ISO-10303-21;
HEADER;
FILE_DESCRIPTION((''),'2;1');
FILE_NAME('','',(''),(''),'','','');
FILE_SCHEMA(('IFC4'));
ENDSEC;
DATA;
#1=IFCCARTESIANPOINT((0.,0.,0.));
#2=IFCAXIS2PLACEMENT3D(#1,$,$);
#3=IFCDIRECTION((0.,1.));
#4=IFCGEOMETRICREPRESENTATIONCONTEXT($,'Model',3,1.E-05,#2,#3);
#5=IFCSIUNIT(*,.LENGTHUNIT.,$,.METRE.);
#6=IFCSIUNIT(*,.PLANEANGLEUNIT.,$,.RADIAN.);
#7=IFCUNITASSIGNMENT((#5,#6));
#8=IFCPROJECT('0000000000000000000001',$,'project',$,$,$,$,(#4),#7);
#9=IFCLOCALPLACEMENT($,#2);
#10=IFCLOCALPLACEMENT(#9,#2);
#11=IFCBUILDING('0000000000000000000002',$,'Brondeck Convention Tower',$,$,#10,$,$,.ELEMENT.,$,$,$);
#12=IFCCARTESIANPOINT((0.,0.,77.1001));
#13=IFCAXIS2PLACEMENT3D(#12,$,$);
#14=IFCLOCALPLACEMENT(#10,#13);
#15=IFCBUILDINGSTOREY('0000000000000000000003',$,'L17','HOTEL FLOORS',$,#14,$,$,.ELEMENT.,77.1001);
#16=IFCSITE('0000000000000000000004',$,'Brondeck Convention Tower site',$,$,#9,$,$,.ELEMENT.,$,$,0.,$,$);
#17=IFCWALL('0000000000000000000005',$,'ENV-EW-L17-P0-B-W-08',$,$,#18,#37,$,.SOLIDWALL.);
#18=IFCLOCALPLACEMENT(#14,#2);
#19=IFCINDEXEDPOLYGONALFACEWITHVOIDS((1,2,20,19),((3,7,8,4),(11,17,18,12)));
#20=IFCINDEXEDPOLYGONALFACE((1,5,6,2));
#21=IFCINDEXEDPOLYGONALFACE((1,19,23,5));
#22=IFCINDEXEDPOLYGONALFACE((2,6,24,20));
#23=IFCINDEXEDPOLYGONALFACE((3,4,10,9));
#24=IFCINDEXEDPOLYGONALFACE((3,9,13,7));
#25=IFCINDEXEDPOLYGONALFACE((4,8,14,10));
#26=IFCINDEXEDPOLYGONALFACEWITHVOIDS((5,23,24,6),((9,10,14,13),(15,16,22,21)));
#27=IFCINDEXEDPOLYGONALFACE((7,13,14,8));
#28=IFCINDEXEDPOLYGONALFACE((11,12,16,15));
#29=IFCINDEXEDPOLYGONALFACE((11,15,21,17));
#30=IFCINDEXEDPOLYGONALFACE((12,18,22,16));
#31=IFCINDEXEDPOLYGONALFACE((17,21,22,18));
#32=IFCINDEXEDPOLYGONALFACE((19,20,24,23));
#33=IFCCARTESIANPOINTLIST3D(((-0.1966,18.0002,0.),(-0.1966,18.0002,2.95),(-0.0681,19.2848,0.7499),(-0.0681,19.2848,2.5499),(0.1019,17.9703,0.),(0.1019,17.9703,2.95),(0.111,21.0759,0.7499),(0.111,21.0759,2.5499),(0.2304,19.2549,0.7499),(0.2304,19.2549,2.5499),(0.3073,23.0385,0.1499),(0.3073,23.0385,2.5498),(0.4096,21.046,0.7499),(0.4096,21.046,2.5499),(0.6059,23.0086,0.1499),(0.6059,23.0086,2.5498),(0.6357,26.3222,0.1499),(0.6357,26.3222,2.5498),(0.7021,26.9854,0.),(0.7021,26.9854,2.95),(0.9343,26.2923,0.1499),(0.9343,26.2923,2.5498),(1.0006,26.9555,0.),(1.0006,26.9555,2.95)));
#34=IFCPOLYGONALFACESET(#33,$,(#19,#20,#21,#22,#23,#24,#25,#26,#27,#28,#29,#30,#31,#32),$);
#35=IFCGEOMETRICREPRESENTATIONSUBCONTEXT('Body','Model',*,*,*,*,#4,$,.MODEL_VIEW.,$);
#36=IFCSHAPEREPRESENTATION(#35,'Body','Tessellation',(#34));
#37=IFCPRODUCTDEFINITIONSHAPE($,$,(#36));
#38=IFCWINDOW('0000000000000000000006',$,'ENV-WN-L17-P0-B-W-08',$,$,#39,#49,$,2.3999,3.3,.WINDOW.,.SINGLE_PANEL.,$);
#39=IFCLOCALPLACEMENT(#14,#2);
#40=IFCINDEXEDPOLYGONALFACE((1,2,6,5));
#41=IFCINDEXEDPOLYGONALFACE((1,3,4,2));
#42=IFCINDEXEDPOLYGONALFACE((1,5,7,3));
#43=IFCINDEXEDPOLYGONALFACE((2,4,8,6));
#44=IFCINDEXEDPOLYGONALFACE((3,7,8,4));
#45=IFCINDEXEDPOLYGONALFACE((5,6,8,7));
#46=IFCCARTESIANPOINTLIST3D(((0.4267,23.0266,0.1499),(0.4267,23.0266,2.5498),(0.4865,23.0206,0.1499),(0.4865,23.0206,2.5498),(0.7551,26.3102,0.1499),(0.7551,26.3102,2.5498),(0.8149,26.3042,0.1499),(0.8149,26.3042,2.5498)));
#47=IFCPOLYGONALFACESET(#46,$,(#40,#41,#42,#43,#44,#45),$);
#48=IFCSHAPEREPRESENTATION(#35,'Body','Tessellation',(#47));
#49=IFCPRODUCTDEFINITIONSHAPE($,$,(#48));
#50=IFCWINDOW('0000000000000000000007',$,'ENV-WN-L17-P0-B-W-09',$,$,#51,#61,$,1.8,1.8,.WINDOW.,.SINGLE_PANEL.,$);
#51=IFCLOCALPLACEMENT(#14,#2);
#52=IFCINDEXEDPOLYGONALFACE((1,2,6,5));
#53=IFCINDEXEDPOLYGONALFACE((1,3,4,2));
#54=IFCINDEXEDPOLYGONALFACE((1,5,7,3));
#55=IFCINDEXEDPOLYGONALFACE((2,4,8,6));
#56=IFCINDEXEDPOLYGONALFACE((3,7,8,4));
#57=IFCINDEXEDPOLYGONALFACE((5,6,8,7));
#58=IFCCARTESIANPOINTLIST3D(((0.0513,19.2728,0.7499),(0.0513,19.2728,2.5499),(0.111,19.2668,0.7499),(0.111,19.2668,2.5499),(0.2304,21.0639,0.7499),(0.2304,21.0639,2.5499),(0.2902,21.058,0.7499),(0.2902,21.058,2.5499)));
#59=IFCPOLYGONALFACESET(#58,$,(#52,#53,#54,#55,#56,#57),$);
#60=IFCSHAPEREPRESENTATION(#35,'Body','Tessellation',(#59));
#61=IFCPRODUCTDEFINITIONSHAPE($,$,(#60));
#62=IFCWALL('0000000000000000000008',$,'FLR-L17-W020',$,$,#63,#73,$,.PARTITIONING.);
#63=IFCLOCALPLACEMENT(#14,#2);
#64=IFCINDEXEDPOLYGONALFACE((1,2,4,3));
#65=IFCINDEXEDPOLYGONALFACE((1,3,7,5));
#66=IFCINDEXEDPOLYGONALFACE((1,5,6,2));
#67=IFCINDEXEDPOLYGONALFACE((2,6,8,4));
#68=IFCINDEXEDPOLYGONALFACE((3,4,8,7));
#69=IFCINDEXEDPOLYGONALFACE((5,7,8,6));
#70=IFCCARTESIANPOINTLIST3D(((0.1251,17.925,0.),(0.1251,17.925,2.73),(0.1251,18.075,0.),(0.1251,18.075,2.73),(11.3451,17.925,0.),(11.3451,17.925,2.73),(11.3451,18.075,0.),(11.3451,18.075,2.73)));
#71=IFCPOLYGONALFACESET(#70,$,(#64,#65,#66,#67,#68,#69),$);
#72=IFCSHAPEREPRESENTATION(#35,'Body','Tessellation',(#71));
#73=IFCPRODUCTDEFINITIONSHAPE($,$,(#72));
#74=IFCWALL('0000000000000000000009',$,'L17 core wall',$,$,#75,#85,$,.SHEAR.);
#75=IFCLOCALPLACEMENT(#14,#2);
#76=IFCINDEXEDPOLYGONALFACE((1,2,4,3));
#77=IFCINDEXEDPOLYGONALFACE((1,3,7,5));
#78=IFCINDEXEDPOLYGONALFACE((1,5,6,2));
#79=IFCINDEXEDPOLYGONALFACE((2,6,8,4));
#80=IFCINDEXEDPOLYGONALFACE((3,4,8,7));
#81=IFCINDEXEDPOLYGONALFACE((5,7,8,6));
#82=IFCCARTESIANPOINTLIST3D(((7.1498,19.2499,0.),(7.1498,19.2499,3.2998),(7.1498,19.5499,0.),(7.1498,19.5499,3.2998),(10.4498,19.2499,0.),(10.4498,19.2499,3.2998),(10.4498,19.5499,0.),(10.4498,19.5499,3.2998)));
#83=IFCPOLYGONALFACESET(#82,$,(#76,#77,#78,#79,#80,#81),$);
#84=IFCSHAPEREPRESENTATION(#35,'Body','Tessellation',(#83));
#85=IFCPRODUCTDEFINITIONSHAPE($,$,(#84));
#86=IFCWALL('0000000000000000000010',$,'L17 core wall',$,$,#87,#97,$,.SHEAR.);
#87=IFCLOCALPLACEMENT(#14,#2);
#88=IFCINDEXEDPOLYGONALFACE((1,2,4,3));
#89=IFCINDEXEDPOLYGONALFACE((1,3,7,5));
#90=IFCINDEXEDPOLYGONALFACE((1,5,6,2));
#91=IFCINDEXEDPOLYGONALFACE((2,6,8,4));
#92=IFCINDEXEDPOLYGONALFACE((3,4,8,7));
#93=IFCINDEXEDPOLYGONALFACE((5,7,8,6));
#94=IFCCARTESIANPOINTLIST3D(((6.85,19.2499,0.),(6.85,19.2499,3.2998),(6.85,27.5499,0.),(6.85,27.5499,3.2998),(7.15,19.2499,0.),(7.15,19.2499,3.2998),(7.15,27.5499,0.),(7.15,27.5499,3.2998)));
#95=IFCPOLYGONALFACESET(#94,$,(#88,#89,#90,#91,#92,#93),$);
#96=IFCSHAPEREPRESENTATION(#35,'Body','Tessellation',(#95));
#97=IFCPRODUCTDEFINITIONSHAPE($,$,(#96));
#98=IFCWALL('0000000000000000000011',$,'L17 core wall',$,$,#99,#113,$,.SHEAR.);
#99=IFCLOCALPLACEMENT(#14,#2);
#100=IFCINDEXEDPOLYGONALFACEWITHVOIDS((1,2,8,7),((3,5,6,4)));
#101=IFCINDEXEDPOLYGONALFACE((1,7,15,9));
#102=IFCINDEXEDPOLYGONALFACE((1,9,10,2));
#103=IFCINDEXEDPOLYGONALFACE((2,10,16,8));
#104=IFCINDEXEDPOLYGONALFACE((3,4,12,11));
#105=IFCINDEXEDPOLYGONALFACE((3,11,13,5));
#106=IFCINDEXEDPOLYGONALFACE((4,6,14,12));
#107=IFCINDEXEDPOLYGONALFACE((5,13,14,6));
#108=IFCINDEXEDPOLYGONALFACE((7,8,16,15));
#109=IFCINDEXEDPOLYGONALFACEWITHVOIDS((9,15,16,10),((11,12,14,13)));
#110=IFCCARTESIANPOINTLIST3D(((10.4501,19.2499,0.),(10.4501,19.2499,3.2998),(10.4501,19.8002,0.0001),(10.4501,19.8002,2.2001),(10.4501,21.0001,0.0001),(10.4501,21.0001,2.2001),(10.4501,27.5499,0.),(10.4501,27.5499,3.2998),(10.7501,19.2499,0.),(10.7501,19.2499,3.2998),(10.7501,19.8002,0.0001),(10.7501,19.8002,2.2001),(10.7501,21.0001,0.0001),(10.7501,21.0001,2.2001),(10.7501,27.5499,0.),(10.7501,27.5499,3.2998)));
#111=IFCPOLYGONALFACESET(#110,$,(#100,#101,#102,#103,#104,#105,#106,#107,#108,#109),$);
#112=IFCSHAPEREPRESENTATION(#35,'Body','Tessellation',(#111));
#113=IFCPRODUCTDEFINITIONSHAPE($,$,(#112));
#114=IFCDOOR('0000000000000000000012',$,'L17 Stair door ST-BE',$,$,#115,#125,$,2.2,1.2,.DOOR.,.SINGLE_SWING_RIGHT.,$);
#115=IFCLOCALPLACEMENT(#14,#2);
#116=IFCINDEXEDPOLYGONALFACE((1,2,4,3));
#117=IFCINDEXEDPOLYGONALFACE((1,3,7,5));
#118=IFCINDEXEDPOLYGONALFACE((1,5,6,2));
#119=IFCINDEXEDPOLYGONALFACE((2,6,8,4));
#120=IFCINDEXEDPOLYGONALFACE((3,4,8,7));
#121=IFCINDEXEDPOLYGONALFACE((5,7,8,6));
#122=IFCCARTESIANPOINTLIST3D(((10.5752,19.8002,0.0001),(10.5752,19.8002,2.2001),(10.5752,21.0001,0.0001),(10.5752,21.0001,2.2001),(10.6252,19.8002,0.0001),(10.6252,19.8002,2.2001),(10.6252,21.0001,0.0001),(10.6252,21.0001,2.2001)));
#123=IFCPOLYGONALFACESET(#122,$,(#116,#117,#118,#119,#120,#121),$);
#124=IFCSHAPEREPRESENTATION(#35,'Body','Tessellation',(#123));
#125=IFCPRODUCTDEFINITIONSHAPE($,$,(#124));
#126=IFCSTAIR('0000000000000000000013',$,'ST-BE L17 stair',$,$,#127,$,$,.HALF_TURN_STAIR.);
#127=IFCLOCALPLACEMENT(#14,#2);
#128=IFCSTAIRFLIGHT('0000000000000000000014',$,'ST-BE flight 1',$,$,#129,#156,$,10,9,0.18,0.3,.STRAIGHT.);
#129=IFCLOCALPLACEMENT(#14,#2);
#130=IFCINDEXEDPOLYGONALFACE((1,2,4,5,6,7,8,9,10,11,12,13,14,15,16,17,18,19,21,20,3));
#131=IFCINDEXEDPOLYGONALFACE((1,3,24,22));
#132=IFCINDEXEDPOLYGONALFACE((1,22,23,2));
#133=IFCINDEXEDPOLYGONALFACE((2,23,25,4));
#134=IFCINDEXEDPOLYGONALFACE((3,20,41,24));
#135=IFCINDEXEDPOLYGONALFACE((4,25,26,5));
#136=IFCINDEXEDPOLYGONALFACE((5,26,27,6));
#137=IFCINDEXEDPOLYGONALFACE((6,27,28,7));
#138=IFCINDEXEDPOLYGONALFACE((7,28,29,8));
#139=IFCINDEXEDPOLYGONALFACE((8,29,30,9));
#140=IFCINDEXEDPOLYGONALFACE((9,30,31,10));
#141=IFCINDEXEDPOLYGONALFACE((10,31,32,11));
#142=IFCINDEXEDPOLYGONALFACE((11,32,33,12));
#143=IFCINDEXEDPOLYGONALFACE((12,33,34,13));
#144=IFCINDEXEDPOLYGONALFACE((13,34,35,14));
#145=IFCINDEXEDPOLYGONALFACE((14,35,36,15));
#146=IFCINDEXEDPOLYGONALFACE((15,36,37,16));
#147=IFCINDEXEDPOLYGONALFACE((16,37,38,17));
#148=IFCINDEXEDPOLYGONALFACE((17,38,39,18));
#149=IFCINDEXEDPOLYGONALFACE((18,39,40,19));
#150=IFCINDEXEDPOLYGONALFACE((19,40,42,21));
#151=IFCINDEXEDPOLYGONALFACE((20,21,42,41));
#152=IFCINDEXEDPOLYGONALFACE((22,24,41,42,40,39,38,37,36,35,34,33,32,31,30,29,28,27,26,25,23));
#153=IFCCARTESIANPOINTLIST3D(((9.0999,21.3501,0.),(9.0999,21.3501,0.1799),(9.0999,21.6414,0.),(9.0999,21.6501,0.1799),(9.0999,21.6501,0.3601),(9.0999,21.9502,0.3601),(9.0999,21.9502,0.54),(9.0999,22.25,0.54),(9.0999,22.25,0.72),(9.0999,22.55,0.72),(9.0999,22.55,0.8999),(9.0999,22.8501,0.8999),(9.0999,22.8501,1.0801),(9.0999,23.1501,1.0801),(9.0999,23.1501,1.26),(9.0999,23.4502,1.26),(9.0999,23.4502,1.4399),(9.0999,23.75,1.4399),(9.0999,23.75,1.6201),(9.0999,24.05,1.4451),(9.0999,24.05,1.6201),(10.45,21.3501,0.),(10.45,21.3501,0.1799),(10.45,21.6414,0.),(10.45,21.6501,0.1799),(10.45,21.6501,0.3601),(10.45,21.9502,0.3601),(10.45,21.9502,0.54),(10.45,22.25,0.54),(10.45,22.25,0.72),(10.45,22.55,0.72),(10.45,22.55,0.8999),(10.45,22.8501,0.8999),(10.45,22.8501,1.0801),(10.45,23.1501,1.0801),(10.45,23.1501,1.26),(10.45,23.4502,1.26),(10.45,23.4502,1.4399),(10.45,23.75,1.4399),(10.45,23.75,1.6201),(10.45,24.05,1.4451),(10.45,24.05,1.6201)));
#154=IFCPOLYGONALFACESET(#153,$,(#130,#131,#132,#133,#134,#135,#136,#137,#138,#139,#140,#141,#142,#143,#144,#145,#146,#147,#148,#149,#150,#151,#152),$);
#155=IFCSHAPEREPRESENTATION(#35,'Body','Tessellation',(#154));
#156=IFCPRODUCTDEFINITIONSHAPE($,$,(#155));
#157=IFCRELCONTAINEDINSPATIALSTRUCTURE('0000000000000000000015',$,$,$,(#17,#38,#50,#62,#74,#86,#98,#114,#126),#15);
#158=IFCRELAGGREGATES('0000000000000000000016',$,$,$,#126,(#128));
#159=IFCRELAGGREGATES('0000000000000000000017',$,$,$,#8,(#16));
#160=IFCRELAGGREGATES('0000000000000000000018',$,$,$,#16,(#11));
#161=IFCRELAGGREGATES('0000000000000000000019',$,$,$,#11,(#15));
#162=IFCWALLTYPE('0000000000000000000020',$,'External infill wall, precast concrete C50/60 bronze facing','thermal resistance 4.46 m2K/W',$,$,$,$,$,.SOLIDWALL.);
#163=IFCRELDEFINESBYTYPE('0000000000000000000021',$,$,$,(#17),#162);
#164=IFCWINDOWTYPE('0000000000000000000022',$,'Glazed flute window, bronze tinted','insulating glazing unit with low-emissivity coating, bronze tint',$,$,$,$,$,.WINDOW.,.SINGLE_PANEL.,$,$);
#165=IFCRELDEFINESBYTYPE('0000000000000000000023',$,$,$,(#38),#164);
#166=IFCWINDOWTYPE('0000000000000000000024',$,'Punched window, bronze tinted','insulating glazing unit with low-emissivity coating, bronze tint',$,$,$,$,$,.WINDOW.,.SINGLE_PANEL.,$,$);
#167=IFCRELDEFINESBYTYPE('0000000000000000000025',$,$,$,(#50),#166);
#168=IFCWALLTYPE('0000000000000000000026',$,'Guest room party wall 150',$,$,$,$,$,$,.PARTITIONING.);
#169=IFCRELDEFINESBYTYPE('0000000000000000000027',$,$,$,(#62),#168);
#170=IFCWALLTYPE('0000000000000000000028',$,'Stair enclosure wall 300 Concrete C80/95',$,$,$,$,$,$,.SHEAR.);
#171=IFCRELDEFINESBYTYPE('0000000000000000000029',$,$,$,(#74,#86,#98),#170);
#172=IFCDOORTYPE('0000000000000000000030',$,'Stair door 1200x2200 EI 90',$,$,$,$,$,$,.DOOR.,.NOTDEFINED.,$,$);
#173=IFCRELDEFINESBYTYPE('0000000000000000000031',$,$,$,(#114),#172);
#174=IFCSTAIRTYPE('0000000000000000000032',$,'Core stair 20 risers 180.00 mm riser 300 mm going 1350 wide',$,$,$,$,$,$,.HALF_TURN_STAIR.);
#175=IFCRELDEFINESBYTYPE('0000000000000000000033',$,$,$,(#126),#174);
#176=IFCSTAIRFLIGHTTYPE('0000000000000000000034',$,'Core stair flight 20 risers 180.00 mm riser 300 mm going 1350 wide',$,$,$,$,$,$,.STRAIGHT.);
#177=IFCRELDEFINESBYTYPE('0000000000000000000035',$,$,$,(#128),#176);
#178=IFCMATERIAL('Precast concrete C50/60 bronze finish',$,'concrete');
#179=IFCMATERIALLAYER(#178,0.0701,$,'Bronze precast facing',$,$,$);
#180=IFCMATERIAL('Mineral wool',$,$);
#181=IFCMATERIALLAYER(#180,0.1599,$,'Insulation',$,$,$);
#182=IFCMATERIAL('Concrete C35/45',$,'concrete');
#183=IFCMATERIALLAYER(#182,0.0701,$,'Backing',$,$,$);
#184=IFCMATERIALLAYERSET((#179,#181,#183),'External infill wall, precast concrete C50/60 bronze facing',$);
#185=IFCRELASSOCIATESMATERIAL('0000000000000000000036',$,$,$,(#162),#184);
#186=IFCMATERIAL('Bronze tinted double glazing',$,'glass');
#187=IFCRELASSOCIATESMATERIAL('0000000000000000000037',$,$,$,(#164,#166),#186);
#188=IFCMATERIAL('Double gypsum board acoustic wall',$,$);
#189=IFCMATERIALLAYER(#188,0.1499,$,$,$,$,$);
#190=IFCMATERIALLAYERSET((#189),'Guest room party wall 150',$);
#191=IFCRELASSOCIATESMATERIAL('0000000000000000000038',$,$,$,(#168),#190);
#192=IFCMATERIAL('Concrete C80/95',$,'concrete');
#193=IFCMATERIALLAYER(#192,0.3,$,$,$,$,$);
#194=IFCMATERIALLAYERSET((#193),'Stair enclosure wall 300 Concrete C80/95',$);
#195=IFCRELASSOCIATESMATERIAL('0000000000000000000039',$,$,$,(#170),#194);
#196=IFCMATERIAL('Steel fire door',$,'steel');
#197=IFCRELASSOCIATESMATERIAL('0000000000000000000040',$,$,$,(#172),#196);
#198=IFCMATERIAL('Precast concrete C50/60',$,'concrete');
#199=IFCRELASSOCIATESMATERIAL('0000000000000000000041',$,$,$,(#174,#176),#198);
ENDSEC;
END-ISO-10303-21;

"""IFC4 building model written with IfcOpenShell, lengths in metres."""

from ifc_helpers import new_model, si_unit, direction, frame, frame_2d, origin, place, context, subcontext, project, spatial, polyline, rectangle, outline, extrude, material, layer, layer_set, type_object, element, fill, aggregate, save


model = new_model("IFC4")

# Units and contexts
model_context = context("Model", 3, precision=1e-05, world=origin(), true_north=direction((0.0, 1.0)))
body_context = subcontext(model_context, "Body", "Model", "MODEL_VIEW")
ifc_project = project(units=[si_unit("LENGTHUNIT", "METRE"), si_unit("PLANEANGLEUNIT", "RADIAN")], contexts=[model_context])

# Site, building, storey
site_placement = place(None, origin())
site = spatial("IfcSite", under=ifc_project, at=site_placement, Name="Brondeck Convention Tower site", CompositionType="ELEMENT", RefElevation=0.0)
building_placement = place(site_placement, origin())
building = spatial("IfcBuilding", under=site, at=building_placement, Name="Brondeck Convention Tower", CompositionType="ELEMENT")
storey_placement = place(building_placement, frame((0.0, 0.0, 77.1001)))
storey = spatial("IfcBuildingStorey", under=building, at=storey_placement, Name="L17", Description="HOTEL FLOORS", CompositionType="ELEMENT", Elevation=77.1001)

# Shared definitions
ifc_material_1 = material(Name="Concrete C80/95", Category="concrete")

# Wall, openings, windows
ifc_material_2 = material(Name="Precast concrete C50/60 bronze finish", Category="concrete")
ifc_layer_1 = layer(ifc_material_2, 0.0701, Name="Bronze precast facing")
ifc_material_3 = material(Name="Mineral wool")
ifc_layer_2 = layer(ifc_material_3, 0.1599, Name="Insulation")
ifc_material_4 = material(Name="Concrete C35/45", Category="concrete")
ifc_layer_3 = layer(ifc_material_4, 0.0701, Name="Backing")
ifc_layer_set_1 = layer_set([ifc_layer_1, ifc_layer_2, ifc_layer_3], Name="External infill wall, precast concrete C50/60 bronze facing")
wall_type_1 = type_object("IfcWallType", Name="External infill wall, precast concrete C50/60 bronze facing", Description="thermal resistance 4.46 m2K/W", PredefinedType="SOLIDWALL", material=ifc_layer_set_1)
wall_1_placement = place(storey_placement, frame((-0.0474, 17.9851, 0.0), z_axis=(0.0, 0.0, 1.0), x_axis=(0.099522, 0.995035, 0.0)))
wall_1 = element("IfcWall", 1, at=wall_1_placement, inside=storey, type_object=wall_type_1, Name="ENV-EW-L17-P0-B-W-08", PredefinedType="SOLIDWALL", context=body_context, shape_type="SweptSolid", body=[
    extrude(rectangle(XDim=9.03, YDim=0.3, at=frame_2d((4.5151, 0.0))), origin(), (0.0, 0.0, 1.0), 2.95),
])
opening_1_placement = place(wall_1_placement, frame((1.2913, 0.0, 0.75)))
opening_1 = element("IfcOpeningElement", 2, at=opening_1_placement, cuts=wall_1, PredefinedType="OPENING", context=body_context, shape_type="SweptSolid", body=[
    extrude(rectangle(XDim=1.8, YDim=1.8, at=frame_2d((0.8999, 0.8999))), frame((0.0, 0.1599, 0.0), z_axis=(0.0, -1.0, 0.0), x_axis=(1.0, 0.0, 0.0)), (0.0, 0.0, 1.0), 0.3201),
])
opening_2_placement = place(wall_1_placement, frame((5.0637, 0.0, 0.1499)))
opening_2 = element("IfcOpeningElement", 3, at=opening_2_placement, cuts=wall_1, PredefinedType="OPENING", context=body_context, shape_type="SweptSolid", body=[
    extrude(rectangle(XDim=3.3, YDim=2.3999, at=frame_2d((1.6499, 1.2))), frame((0.0, 0.1599, 0.0), z_axis=(0.0, -1.0, 0.0), x_axis=(1.0, 0.0, 0.0)), (0.0, 0.0, 1.0), 0.3201),
])
ifc_material_5 = material(Name="Bronze tinted double glazing", Category="glass")
window_type_1 = type_object("IfcWindowType", Name="Glazed flute window, bronze tinted", Description="insulating glazing unit with low-emissivity coating, bronze tint", PartitioningType="SINGLE_PANEL", PredefinedType="WINDOW", material=ifc_material_5)
window_1_placement = place(opening_2_placement, origin())
window_1 = element("IfcWindow", 4, at=window_1_placement, inside=storey, type_object=window_type_1, Name="ENV-WN-L17-P0-B-W-08", OverallHeight=2.3999, OverallWidth=3.3, PartitioningType="SINGLE_PANEL", PredefinedType="WINDOW", context=body_context, shape_type="SweptSolid", body=[
    extrude(rectangle(XDim=3.3, YDim=2.3999, at=frame_2d((1.6499, 1.2))), frame((0.0, 0.03, 0.0), z_axis=(0.0, -1.0, 0.0), x_axis=(1.0, 0.0, 0.0)), (0.0, 0.0, 1.0), 0.0601),
])
fill(opening_2, window_1)
window_type_2 = type_object("IfcWindowType", Name="Punched window, bronze tinted", Description="insulating glazing unit with low-emissivity coating, bronze tint", PartitioningType="SINGLE_PANEL", PredefinedType="WINDOW", material=ifc_material_5)
window_2_placement = place(opening_1_placement, origin())
window_2 = element("IfcWindow", 5, at=window_2_placement, inside=storey, type_object=window_type_2, Name="ENV-WN-L17-P0-B-W-09", OverallHeight=1.8, OverallWidth=1.8, PartitioningType="SINGLE_PANEL", PredefinedType="WINDOW", context=body_context, shape_type="SweptSolid", body=[
    extrude(rectangle(XDim=1.8, YDim=1.8, at=frame_2d((0.8999, 0.8999))), frame((0.0, 0.03, 0.0), z_axis=(0.0, -1.0, 0.0), x_axis=(1.0, 0.0, 0.0)), (0.0, 0.0, 1.0), 0.0601),
])
fill(opening_1, window_2)

# Walls
ifc_material_6 = material(Name="Double gypsum board acoustic wall")
ifc_layer_4 = layer(ifc_material_6, 0.1499)
ifc_layer_set_2 = layer_set([ifc_layer_4], Name="Guest room party wall 150")
wall_type_2 = type_object("IfcWallType", Name="Guest room party wall 150", PredefinedType="PARTITIONING", material=ifc_layer_set_2)
wall_2_placement = place(storey_placement, frame((11.345, 18.0, 0.0), z_axis=(0.0, 0.0, 1.0), x_axis=(-1.0, 0.0, 0.0)))
element("IfcWall", 6, at=wall_2_placement, inside=storey, type_object=wall_type_2, Name="FLR-L17-W020", PredefinedType="PARTITIONING", context=body_context, shape_type="SweptSolid", body=[
    extrude(rectangle(XDim=11.22, YDim=0.1499, at=frame_2d((5.6099, 0.0))), origin(), (0.0, 0.0, 1.0), 2.73),
])
ifc_layer_5 = layer(ifc_material_1, 0.3)
ifc_layer_set_3 = layer_set([ifc_layer_5], Name="Stair enclosure wall 300 Concrete C80/95")
wall_type_3 = type_object("IfcWallType", Name="Stair enclosure wall 300 Concrete C80/95", PredefinedType="SHEAR", material=ifc_layer_set_3)
wall_3_placement = place(storey_placement, frame((7.1499, 19.3999, 0.0), z_axis=(0.0, 0.0, 1.0), x_axis=(1.0, 0.0, 0.0)))
element("IfcWall", 7, at=wall_3_placement, inside=storey, type_object=wall_type_3, Name="L17 core wall", PredefinedType="SHEAR", context=body_context, shape_type="SweptSolid", body=[
    extrude(rectangle(XDim=3.3, YDim=0.3, at=frame_2d((1.6499, 0.0))), origin(), (0.0, 0.0, 1.0), 3.2998),
])
wall_4_placement = place(storey_placement, frame((7.0, 19.25, 0.0), z_axis=(0.0, 0.0, 1.0), x_axis=(0.0, 1.0, 0.0)))
element("IfcWall", 8, at=wall_4_placement, inside=storey, type_object=wall_type_3, Name="L17 core wall", PredefinedType="SHEAR", context=body_context, shape_type="SweptSolid", body=[
    extrude(rectangle(XDim=8.3, YDim=0.3, at=frame_2d((4.1499, 0.0))), origin(), (0.0, 0.0, 1.0), 3.2998),
])

# Wall, opening, door
wall_5_placement = place(storey_placement, frame((10.6001, 19.25, 0.0), z_axis=(0.0, 0.0, 1.0), x_axis=(0.0, 1.0, 0.0)))
wall_5 = element("IfcWall", 9, at=wall_5_placement, inside=storey, type_object=wall_type_3, Name="L17 core wall", PredefinedType="SHEAR", context=body_context, shape_type="SweptSolid", body=[
    extrude(rectangle(XDim=8.3, YDim=0.3, at=frame_2d((4.1499, 0.0))), origin(), (0.0, 0.0, 1.0), 3.2998),
])
opening_3_placement = place(wall_5_placement, frame((0.55, 0.0, 0.0)))
opening_3 = element("IfcOpeningElement", 10, at=opening_3_placement, cuts=wall_5, PredefinedType="OPENING", context=body_context, shape_type="SweptSolid", body=[
    extrude(rectangle(XDim=1.2, YDim=2.2, at=frame_2d((0.6001, 1.1001))), frame((0.0, 0.1599, 0.0), z_axis=(0.0, -1.0, 0.0), x_axis=(1.0, 0.0, 0.0)), (0.0, 0.0, 1.0), 0.3201),
])
ifc_material_7 = material(Name="Steel fire door", Category="steel")
door_type = type_object("IfcDoorType", Name="Stair door 1200x2200 EI 90", OperationType="NOTDEFINED", PredefinedType="DOOR", material=ifc_material_7)
door_placement = place(opening_3_placement, origin())
door = element("IfcDoor", 11, at=door_placement, inside=storey, type_object=door_type, Name="L17 Stair door ST-BE", OperationType="SINGLE_SWING_RIGHT", OverallHeight=2.2, OverallWidth=1.2, PredefinedType="DOOR", context=body_context, shape_type="SweptSolid", body=[
    extrude(rectangle(XDim=1.2, YDim=2.2, at=frame_2d((0.6001, 1.1001))), frame((0.0, 0.0249, 0.0), z_axis=(0.0, -1.0, 0.0), x_axis=(1.0, 0.0, 0.0)), (0.0, 0.0, 1.0), 0.05),
])
fill(opening_3, door)

# Stair, stair flight
ifc_material_8 = material(Name="Precast concrete C50/60", Category="concrete")
stair_type = type_object("IfcStairType", Name="Core stair 20 risers 180.00 mm riser 300 mm going 1350 wide", PredefinedType="HALF_TURN_STAIR", material=ifc_material_8)
stair_placement = place(storey_placement, origin())
stair = element("IfcStair", 12, at=stair_placement, inside=storey, type_object=stair_type, Name="ST-BE L17 stair", PredefinedType="HALF_TURN_STAIR")
stair_flight_type = type_object("IfcStairFlightType", Name="Core stair flight 20 risers 180.00 mm riser 300 mm going 1350 wide", PredefinedType="STRAIGHT", material=ifc_material_8)
stair_flight_placement = place(storey_placement, frame((9.7749, 21.3501, 0.0), z_axis=(0.0, 0.0, 1.0), x_axis=(0.0, 1.0, 0.0)))
stair_flight = element("IfcStairFlight", 13, at=stair_flight_placement, type_object=stair_flight_type, Name="ST-BE flight 1", NumberOfRisers=10, NumberOfTreads=9, PredefinedType="STRAIGHT", RiserHeight=0.18, TreadLength=0.3, context=body_context, shape_type="SweptSolid", body=[
    extrude(outline(polyline([(0.0, 0.0), (0.0, 0.1799), (0.3, 0.1799), (0.3, 0.3601), (0.6001, 0.3601), (0.6001, 0.54), (0.8999, 0.54), (0.8999, 0.72), (1.2, 0.72), (1.2, 0.8999), (1.5, 0.8999), (1.5, 1.0801), (1.8, 1.0801), (1.8, 1.26), (2.1001, 1.26), (2.1001, 1.4399), (2.3999, 1.4399), (2.3999, 1.6201), (2.7, 1.6201), (2.7, 1.8), (2.7, 1.4451), (0.2913, 0.0), (0.0, 0.0)])), frame((0.0, 0.675, 0.0), z_axis=(0.0, -1.0, 0.0), x_axis=(1.0, 0.0, 0.0)), (0.0, 0.0, 1.0), 1.3501),
])
aggregate(stair, [stair_flight])

save(model, "model.ifc")
